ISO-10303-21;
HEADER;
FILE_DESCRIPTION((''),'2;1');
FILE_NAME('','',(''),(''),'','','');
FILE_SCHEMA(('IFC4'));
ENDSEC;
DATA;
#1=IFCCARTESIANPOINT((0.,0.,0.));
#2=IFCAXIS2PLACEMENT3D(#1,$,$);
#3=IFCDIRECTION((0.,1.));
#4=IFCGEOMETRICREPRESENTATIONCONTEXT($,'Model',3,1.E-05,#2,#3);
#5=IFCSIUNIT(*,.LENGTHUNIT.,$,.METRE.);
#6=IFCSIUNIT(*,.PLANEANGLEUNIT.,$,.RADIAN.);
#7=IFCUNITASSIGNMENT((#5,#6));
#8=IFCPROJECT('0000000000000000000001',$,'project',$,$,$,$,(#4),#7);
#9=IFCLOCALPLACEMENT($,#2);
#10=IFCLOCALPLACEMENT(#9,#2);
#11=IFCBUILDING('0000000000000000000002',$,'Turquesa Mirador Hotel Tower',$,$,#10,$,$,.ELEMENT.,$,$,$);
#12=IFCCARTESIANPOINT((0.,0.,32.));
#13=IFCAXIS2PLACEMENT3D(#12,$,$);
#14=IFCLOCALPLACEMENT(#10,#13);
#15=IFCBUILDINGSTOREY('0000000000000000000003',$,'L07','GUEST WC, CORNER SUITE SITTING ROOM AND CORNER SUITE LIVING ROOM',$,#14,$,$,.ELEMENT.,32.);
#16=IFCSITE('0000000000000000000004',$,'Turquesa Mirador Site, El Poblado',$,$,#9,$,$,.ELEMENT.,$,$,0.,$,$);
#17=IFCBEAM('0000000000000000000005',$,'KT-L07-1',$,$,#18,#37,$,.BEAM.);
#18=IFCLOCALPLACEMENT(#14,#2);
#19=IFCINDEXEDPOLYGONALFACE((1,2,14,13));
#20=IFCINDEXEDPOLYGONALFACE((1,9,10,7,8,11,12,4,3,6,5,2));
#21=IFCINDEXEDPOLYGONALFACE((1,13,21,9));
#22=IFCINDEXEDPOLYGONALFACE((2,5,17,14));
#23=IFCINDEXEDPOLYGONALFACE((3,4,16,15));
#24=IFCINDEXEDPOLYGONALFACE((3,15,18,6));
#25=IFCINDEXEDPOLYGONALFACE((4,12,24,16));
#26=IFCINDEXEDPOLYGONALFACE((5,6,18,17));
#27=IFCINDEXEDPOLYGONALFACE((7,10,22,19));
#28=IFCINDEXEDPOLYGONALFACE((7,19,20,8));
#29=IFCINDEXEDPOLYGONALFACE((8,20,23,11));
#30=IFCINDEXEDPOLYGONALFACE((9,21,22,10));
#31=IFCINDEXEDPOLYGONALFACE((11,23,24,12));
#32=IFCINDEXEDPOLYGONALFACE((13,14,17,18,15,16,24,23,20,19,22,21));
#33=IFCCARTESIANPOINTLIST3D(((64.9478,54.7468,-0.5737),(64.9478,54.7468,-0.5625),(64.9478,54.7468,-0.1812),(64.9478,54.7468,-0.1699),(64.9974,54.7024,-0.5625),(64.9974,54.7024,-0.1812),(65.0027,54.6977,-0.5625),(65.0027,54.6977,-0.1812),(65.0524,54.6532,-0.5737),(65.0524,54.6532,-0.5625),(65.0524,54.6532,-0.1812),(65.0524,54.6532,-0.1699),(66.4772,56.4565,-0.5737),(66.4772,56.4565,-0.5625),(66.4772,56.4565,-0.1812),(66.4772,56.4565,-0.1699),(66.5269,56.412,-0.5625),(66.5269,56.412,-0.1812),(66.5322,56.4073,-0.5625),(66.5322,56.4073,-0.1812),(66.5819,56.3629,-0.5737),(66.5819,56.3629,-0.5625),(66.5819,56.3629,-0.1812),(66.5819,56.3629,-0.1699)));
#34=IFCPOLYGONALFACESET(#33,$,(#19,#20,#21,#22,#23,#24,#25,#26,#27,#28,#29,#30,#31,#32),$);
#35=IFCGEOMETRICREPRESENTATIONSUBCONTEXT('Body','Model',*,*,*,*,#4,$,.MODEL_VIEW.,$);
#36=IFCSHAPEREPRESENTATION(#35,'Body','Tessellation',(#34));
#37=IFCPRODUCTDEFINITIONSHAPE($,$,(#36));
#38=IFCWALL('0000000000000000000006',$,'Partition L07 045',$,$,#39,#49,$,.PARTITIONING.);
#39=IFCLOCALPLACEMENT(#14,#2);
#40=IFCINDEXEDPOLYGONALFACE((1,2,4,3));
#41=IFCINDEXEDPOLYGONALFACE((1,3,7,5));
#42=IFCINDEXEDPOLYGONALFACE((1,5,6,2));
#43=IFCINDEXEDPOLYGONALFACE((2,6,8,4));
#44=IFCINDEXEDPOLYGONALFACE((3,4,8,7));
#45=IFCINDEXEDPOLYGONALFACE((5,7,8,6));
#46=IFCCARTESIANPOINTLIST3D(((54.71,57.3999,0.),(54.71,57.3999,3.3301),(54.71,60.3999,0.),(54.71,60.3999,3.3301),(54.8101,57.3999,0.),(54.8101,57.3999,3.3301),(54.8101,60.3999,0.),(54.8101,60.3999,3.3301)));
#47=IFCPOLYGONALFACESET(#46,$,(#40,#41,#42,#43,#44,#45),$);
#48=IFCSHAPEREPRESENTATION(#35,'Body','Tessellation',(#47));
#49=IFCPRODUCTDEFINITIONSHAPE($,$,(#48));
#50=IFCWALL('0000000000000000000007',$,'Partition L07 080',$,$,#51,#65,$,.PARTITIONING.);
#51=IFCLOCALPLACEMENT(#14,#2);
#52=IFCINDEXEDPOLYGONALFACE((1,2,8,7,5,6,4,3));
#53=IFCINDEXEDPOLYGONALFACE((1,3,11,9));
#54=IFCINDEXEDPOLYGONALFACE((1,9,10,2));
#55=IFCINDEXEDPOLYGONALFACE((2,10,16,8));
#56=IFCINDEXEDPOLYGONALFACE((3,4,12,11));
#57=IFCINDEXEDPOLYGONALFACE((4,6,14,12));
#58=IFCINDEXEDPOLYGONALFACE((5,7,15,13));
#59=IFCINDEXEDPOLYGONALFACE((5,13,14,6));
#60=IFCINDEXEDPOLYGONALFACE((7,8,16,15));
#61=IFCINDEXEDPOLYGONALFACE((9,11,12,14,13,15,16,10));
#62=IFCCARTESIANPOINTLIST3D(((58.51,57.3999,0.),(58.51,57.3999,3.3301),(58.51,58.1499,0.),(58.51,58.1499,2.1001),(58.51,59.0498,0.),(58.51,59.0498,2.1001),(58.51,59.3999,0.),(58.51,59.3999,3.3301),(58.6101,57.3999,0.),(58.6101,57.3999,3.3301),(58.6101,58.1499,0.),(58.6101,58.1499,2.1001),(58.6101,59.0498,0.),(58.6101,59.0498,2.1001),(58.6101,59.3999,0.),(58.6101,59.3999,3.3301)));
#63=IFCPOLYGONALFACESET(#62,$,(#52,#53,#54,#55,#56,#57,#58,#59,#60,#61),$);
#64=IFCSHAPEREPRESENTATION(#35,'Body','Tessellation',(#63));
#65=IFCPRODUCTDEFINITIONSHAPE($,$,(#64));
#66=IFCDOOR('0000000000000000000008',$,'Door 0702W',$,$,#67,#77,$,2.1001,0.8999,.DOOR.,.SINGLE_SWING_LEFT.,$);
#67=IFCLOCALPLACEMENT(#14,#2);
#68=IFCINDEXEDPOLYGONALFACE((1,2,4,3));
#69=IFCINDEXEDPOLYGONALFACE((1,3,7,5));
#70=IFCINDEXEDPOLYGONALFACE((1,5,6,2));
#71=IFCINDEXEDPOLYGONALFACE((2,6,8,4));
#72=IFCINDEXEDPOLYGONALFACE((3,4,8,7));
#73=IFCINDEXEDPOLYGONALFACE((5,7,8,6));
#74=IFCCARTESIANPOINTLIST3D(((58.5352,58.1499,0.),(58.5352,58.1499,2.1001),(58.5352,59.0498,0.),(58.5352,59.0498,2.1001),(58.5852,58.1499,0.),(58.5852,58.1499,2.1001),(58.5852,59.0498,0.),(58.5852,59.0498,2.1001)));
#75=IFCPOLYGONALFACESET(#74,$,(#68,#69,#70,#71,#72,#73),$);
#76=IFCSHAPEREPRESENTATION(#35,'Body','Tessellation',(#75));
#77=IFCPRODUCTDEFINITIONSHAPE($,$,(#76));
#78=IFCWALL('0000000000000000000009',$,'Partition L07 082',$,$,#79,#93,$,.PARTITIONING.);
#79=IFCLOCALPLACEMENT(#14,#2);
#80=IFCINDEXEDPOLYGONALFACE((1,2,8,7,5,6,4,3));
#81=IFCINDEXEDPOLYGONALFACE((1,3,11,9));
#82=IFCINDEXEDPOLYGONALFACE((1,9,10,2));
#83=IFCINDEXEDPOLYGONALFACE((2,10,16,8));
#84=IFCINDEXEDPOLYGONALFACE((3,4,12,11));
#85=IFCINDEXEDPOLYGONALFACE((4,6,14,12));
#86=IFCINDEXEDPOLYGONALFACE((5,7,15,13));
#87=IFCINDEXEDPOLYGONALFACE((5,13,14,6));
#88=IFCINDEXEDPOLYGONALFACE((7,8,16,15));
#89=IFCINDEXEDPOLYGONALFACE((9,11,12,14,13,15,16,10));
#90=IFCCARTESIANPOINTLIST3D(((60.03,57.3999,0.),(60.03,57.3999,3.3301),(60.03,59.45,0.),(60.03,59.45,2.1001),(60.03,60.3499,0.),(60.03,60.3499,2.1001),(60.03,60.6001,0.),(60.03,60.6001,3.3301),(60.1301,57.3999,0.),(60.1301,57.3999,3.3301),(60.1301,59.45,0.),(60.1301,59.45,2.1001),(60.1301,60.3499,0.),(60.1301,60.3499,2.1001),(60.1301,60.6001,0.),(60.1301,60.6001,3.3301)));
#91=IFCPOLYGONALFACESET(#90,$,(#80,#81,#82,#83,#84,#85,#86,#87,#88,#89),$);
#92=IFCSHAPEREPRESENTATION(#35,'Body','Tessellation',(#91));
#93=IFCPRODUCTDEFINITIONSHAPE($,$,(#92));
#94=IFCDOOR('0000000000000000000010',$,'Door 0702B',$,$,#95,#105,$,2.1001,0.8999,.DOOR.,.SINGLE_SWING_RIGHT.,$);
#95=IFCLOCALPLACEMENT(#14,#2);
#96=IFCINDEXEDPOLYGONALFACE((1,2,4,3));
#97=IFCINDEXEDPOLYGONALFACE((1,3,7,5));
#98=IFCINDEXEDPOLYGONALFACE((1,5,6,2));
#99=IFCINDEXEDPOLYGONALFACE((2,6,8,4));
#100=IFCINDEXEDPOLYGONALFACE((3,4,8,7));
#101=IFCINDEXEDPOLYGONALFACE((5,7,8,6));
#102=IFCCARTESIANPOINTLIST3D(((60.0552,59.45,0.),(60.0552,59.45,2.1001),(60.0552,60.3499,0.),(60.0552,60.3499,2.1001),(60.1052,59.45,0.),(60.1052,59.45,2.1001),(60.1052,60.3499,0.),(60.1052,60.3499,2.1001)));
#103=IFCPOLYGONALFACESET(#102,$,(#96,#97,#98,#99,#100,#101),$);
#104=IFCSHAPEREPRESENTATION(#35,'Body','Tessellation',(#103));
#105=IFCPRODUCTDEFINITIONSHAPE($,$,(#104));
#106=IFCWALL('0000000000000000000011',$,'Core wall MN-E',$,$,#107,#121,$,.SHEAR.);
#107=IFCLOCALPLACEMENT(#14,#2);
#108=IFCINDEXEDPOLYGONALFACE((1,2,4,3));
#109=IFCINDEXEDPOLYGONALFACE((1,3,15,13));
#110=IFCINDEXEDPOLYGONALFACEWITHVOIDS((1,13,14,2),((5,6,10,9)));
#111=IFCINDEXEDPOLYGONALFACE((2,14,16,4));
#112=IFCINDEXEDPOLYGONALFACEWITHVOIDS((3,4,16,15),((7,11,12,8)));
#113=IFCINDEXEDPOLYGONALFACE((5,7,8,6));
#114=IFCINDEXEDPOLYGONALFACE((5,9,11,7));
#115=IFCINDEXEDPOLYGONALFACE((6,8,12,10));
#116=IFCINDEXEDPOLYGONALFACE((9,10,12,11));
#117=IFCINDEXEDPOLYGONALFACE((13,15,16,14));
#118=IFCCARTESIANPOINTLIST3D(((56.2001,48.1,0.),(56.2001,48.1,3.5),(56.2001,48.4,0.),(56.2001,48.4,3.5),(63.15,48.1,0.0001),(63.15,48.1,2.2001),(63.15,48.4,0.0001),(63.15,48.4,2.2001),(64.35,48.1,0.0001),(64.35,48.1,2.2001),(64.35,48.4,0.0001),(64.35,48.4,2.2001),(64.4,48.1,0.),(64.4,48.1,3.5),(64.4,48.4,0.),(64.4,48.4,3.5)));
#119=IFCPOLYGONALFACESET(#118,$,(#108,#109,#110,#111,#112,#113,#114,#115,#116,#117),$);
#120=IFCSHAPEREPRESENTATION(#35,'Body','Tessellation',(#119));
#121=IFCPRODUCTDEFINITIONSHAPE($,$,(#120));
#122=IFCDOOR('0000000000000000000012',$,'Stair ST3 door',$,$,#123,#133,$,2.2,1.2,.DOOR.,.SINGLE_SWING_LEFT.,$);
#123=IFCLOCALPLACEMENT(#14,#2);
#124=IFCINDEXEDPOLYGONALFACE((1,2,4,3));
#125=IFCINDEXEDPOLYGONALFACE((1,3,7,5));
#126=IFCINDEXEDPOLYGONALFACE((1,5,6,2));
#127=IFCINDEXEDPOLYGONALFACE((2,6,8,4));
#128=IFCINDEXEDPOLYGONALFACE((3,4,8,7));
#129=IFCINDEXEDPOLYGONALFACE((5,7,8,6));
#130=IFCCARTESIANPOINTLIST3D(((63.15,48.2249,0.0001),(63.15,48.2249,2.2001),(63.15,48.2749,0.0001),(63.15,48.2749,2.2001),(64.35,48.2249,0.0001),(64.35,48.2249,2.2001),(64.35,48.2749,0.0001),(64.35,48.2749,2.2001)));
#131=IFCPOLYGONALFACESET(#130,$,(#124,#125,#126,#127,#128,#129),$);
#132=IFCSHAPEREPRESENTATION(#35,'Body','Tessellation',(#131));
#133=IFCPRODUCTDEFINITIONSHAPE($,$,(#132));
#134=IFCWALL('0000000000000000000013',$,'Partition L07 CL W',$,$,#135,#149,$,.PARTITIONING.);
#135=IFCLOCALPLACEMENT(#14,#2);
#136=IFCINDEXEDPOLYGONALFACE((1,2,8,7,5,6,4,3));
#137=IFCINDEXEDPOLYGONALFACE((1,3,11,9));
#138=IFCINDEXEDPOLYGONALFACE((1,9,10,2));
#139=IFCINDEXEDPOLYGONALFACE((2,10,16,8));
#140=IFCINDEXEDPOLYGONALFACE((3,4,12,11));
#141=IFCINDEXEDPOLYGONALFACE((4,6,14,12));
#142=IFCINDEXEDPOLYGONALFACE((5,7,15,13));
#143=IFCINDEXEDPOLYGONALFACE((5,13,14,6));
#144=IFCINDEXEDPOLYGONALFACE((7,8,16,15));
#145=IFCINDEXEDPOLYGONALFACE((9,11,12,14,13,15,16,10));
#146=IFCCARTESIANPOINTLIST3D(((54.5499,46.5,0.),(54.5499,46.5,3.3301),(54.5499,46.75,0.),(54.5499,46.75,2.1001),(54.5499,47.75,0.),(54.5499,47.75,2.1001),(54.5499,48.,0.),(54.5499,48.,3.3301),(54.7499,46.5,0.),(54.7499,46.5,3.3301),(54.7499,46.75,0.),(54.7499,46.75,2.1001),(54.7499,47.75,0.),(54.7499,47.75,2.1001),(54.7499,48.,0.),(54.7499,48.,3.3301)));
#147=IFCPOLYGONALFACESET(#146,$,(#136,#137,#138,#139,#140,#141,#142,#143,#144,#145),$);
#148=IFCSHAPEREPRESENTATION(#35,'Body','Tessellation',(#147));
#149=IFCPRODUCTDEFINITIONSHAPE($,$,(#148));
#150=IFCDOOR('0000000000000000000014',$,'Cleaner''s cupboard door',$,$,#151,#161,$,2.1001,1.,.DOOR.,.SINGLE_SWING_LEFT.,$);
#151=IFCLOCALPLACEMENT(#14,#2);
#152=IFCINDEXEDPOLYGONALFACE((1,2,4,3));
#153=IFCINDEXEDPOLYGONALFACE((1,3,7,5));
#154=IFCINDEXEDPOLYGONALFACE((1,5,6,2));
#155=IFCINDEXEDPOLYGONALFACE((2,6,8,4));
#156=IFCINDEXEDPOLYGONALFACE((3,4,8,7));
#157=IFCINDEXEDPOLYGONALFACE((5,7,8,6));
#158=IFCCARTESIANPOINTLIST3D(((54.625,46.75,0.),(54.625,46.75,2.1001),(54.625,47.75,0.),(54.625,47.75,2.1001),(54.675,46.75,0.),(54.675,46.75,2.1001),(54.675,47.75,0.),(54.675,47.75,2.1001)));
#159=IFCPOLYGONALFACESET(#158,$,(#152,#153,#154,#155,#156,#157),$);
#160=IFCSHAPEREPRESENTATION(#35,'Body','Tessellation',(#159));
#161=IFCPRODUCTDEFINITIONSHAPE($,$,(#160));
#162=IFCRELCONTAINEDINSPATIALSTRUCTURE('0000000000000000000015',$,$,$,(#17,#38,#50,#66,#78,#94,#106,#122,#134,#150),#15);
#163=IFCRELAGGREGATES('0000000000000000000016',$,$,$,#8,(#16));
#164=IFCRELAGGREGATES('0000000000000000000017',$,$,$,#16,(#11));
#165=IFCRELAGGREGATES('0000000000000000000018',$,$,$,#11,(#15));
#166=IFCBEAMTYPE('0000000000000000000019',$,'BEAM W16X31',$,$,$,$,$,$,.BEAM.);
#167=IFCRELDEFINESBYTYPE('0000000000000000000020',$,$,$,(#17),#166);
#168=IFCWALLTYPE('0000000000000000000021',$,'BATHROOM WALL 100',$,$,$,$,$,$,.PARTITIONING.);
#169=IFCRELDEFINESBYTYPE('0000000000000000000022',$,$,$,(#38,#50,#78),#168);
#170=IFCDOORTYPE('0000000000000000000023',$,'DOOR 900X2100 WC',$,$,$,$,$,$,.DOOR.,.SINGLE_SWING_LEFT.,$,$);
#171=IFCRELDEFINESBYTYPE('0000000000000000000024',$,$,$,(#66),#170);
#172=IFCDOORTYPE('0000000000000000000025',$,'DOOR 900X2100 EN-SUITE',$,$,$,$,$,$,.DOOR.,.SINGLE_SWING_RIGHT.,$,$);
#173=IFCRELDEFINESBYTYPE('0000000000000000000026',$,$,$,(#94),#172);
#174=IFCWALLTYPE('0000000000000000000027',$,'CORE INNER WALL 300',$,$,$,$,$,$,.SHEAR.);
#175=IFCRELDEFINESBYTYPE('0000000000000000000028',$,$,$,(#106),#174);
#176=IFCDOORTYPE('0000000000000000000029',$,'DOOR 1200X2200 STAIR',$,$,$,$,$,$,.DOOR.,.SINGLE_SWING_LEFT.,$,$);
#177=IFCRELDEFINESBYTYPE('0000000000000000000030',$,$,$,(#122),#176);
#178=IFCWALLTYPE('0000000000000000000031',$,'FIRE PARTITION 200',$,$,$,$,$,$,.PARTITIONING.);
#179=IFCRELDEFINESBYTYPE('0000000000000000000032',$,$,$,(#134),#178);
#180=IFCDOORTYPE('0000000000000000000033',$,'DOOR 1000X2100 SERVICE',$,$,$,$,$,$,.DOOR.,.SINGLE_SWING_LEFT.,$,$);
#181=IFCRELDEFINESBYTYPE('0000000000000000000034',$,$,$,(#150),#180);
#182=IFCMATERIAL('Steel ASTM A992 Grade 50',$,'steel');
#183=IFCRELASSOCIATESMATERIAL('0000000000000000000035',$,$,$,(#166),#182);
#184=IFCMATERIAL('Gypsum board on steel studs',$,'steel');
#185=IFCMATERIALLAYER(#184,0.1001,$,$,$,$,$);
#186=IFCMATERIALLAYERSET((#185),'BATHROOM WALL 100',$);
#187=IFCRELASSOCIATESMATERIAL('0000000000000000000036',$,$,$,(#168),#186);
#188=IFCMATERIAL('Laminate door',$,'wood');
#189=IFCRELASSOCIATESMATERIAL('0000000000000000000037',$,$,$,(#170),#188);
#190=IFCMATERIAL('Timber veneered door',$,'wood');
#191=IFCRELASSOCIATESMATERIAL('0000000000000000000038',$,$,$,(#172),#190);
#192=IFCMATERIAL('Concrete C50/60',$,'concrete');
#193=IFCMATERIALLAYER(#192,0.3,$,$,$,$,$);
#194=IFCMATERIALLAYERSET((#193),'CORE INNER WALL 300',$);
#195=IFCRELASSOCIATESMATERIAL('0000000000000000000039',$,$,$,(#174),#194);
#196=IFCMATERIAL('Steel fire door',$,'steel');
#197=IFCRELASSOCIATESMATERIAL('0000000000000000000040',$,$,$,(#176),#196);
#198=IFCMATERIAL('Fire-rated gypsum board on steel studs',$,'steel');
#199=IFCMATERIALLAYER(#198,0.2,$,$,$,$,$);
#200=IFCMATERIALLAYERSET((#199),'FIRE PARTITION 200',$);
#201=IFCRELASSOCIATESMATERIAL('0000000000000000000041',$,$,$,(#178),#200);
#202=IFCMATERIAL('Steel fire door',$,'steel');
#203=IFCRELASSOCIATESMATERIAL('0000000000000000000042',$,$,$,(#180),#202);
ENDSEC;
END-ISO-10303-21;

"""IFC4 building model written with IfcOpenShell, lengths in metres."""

from ifc_helpers import new_model, si_unit, direction, frame, frame_2d, origin, origin_2d, place, context, subcontext, project, spatial, rectangle, i_section, extrude, material, layer, layer_set, material_profile, profile_set, type_object, element, fill, save


model = new_model("IFC4")

# Units and contexts
model_context = context("Model", 3, precision=1e-05, world=origin(), true_north=direction((0.0, 1.0)))
body_context = subcontext(model_context, "Body", "Model", "MODEL_VIEW")
ifc_project = project(units=[si_unit("LENGTHUNIT", "METRE"), si_unit("PLANEANGLEUNIT", "RADIAN")], contexts=[model_context])

# Site, building, storey
site_placement = place(None, origin())
site = spatial("IfcSite", under=ifc_project, at=site_placement, Name="Turquesa Mirador Site, El Poblado", CompositionType="ELEMENT", RefElevation=0.0)
building_placement = place(site_placement, origin())
building = spatial("IfcBuilding", under=site, at=building_placement, Name="Turquesa Mirador Hotel Tower", CompositionType="ELEMENT")
storey_placement = place(building_placement, frame((0.0, 0.0, 32.0)))
storey = spatial("IfcBuildingStorey", under=building, at=storey_placement, Name="L07", Description="GUEST WC, CORNER SUITE SITTING ROOM AND CORNER SUITE LIVING ROOM", CompositionType="ELEMENT", Elevation=32.0)

# Beam
ifc_material_1 = material(Name="Steel ASTM A992 Grade 50", Category="steel")
ifc_material_profile = material_profile(ifc_material_1, i_section(OverallWidth=0.1404, OverallDepth=0.4038, WebThickness=0.0071, FlangeThickness=0.0112, at=origin_2d()), Name="W16X31")
ifc_profile_set = profile_set([ifc_material_profile], Name="Steel ASTM A992 Grade 50")
beam_type = type_object("IfcBeamType", Name="BEAM W16X31", PredefinedType="BEAM", material=ifc_profile_set)
beam_placement = place(storey_placement, frame((66.5295, 56.4097, -0.3718), z_axis=(-0.666745, -0.745286, 0.0), x_axis=(0.745286, -0.666745, 0.0)))
element("IfcBeam", 1, at=beam_placement, inside=storey, type_object=beam_type, Name="KT-L07-1", PredefinedType="BEAM", context=body_context, shape_type="SweptSolid", body=[
    extrude(i_section(OverallWidth=0.1404, OverallDepth=0.4038, WebThickness=0.0071, FlangeThickness=0.0112, at=origin_2d()), origin(), (0.0, 0.0, 1.0), 2.2939),
])

# Wall
ifc_material_2 = material(Name="Gypsum board on steel studs", Category="steel")
ifc_layer_1 = layer(ifc_material_2, 0.1001)
ifc_layer_set_1 = layer_set([ifc_layer_1], Name="BATHROOM WALL 100")
wall_type_1 = type_object("IfcWallType", Name="BATHROOM WALL 100", PredefinedType="PARTITIONING", material=ifc_layer_set_1)
wall_1_placement = place(storey_placement, frame((54.76, 57.3999, 0.0), z_axis=(0.0, 0.0, 1.0), x_axis=(0.0, 1.0, 0.0)))
element("IfcWall", 2, at=wall_1_placement, inside=storey, type_object=wall_type_1, Name="Partition L07 045", PredefinedType="PARTITIONING", context=body_context, shape_type="SweptSolid", body=[
    extrude(rectangle(XDim=3.0, YDim=0.1001, at=frame_2d((1.5, 0.0))), origin(), (0.0, 0.0, 1.0), 3.3301),
])

# Walls, openings, doors
wall_2_placement = place(storey_placement, frame((58.5601, 57.3999, 0.0), z_axis=(0.0, 0.0, 1.0), x_axis=(0.0, 1.0, 0.0)))
wall_2 = element("IfcWall", 3, at=wall_2_placement, inside=storey, type_object=wall_type_1, Name="Partition L07 080", PredefinedType="PARTITIONING", context=body_context, shape_type="SweptSolid", body=[
    extrude(rectangle(XDim=2.0, YDim=0.1001, at=frame_2d((1.0, 0.0))), origin(), (0.0, 0.0, 1.0), 3.3301),
])
opening_1_placement = place(wall_2_placement, frame((0.75, 0.0, 0.0)))
opening_1 = element("IfcOpeningElement", 4, at=opening_1_placement, cuts=wall_2, PredefinedType="OPENING", context=body_context, shape_type="SweptSolid", body=[
    extrude(rectangle(XDim=0.8999, YDim=2.1001, at=frame_2d((0.45, 1.05))), frame((0.0, 0.0601, 0.0), z_axis=(0.0, -1.0, 0.0), x_axis=(1.0, 0.0, 0.0)), (0.0, 0.0, 1.0), 0.1201),
])
ifc_material_3 = material(Name="Laminate door", Category="wood")
door_type_1 = type_object("IfcDoorType", Name="DOOR 900X2100 WC", OperationType="SINGLE_SWING_LEFT", PredefinedType="DOOR", material=ifc_material_3)
door_1_placement = place(opening_1_placement, origin())
door_1 = element("IfcDoor", 5, at=door_1_placement, inside=storey, type_object=door_type_1, Name="Door 0702W", OperationType="SINGLE_SWING_LEFT", OverallHeight=2.1001, OverallWidth=0.8999, PredefinedType="DOOR", context=body_context, shape_type="SweptSolid", body=[
    extrude(rectangle(XDim=0.8999, YDim=2.1001, at=frame_2d((0.45, 1.05))), frame((0.0, 0.0249, 0.0), z_axis=(0.0, -1.0, 0.0), x_axis=(1.0, 0.0, 0.0)), (0.0, 0.0, 1.0), 0.05),
])
fill(opening_1, door_1)
wall_3_placement = place(storey_placement, frame((60.0801, 57.3999, 0.0), z_axis=(0.0, 0.0, 1.0), x_axis=(0.0, 1.0, 0.0)))
wall_3 = element("IfcWall", 6, at=wall_3_placement, inside=storey, type_object=wall_type_1, Name="Partition L07 082", PredefinedType="PARTITIONING", context=body_context, shape_type="SweptSolid", body=[
    extrude(rectangle(XDim=3.2002, YDim=0.1001, at=frame_2d((1.6001, 0.0))), origin(), (0.0, 0.0, 1.0), 3.3301),
])
opening_2_placement = place(wall_3_placement, frame((2.05, 0.0, 0.0)))
opening_2 = element("IfcOpeningElement", 7, at=opening_2_placement, cuts=wall_3, PredefinedType="OPENING", context=body_context, shape_type="SweptSolid", body=[
    extrude(rectangle(XDim=0.8999, YDim=2.1001, at=frame_2d((0.45, 1.05))), frame((0.0, 0.0601, 0.0), z_axis=(0.0, -1.0, 0.0), x_axis=(1.0, 0.0, 0.0)), (0.0, 0.0, 1.0), 0.1201),
])
ifc_material_4 = material(Name="Timber veneered door", Category="wood")
door_type_2 = type_object("IfcDoorType", Name="DOOR 900X2100 EN-SUITE", OperationType="SINGLE_SWING_RIGHT", PredefinedType="DOOR", material=ifc_material_4)
door_2_placement = place(opening_2_placement, origin())
door_2 = element("IfcDoor", 8, at=door_2_placement, inside=storey, type_object=door_type_2, Name="Door 0702B", OperationType="SINGLE_SWING_RIGHT", OverallHeight=2.1001, OverallWidth=0.8999, PredefinedType="DOOR", context=body_context, shape_type="SweptSolid", body=[
    extrude(rectangle(XDim=0.8999, YDim=2.1001, at=frame_2d((0.45, 1.05))), frame((0.0, 0.0249, 0.0), z_axis=(0.0, -1.0, 0.0), x_axis=(1.0, 0.0, 0.0)), (0.0, 0.0, 1.0), 0.05),
])
fill(opening_2, door_2)
ifc_material_5 = material(Name="Concrete C50/60", Category="concrete")
ifc_layer_2 = layer(ifc_material_5, 0.3)
ifc_layer_set_2 = layer_set([ifc_layer_2], Name="CORE INNER WALL 300")
wall_type_2 = type_object("IfcWallType", Name="CORE INNER WALL 300", PredefinedType="SHEAR", material=ifc_layer_set_2)
wall_4_placement = place(storey_placement, frame((56.2, 48.25, 0.0), z_axis=(0.0, 0.0, 1.0), x_axis=(1.0, 0.0, 0.0)))
wall_4 = element("IfcWall", 9, at=wall_4_placement, inside=storey, type_object=wall_type_2, Name="Core wall MN-E", PredefinedType="SHEAR", context=body_context, shape_type="SweptSolid", body=[
    extrude(rectangle(XDim=8.2, YDim=0.3, at=frame_2d((4.1001, 0.0))), origin(), (0.0, 0.0, 1.0), 3.5),
])
opening_3_placement = place(wall_4_placement, frame((6.95, 0.0, 0.0)))
opening_3 = element("IfcOpeningElement", 10, at=opening_3_placement, cuts=wall_4, PredefinedType="OPENING", context=body_context, shape_type="SweptSolid", body=[
    extrude(rectangle(XDim=1.2, YDim=2.2, at=frame_2d((0.6001, 1.1001))), frame((0.0, 0.1599, 0.0), z_axis=(0.0, -1.0, 0.0), x_axis=(1.0, 0.0, 0.0)), (0.0, 0.0, 1.0), 0.3201),
])
ifc_material_6 = material(Name="Steel fire door", Category="steel")
door_type_3 = type_object("IfcDoorType", Name="DOOR 1200X2200 STAIR", OperationType="SINGLE_SWING_LEFT", PredefinedType="DOOR", material=ifc_material_6)
door_3_placement = place(opening_3_placement, origin())
door_3 = element("IfcDoor", 11, at=door_3_placement, inside=storey, type_object=door_type_3, Name="Stair ST3 door", OperationType="SINGLE_SWING_LEFT", OverallHeight=2.2, OverallWidth=1.2, PredefinedType="DOOR", context=body_context, shape_type="SweptSolid", body=[
    extrude(rectangle(XDim=1.2, YDim=2.2, at=frame_2d((0.6001, 1.1001))), frame((0.0, 0.0249, 0.0), z_axis=(0.0, -1.0, 0.0), x_axis=(1.0, 0.0, 0.0)), (0.0, 0.0, 1.0), 0.05),
])
fill(opening_3, door_3)
ifc_material_7 = material(Name="Fire-rated gypsum board on steel studs", Category="steel")
ifc_layer_3 = layer(ifc_material_7, 0.2)
ifc_layer_set_3 = layer_set([ifc_layer_3], Name="FIRE PARTITION 200")
wall_type_3 = type_object("IfcWallType", Name="FIRE PARTITION 200", PredefinedType="PARTITIONING", material=ifc_layer_set_3)
wall_5_placement = place(storey_placement, frame((54.6499, 46.5, 0.0), z_axis=(0.0, 0.0, 1.0), x_axis=(0.0, 1.0, 0.0)))
wall_5 = element("IfcWall", 12, at=wall_5_placement, inside=storey, type_object=wall_type_3, Name="Partition L07 CL W", PredefinedType="PARTITIONING", context=body_context, shape_type="SweptSolid", body=[
    extrude(rectangle(XDim=1.5, YDim=0.2, at=frame_2d((0.75, 0.0))), origin(), (0.0, 0.0, 1.0), 3.3301),
])
opening_4_placement = place(wall_5_placement, frame((0.25, 0.0, 0.0)))
opening_4 = element("IfcOpeningElement", 13, at=opening_4_placement, cuts=wall_5, PredefinedType="OPENING", context=body_context, shape_type="SweptSolid", body=[
    extrude(rectangle(XDim=1.0, YDim=2.1001, at=frame_2d((0.5, 1.05))), frame((0.0, 0.1099, 0.0), z_axis=(0.0, -1.0, 0.0), x_axis=(1.0, 0.0, 0.0)), (0.0, 0.0, 1.0), 0.22),
])
ifc_material_8 = material(Name="Steel fire door", Category="steel")
door_type_4 = type_object("IfcDoorType", Name="DOOR 1000X2100 SERVICE", OperationType="SINGLE_SWING_LEFT", PredefinedType="DOOR", material=ifc_material_8)
door_4_placement = place(opening_4_placement, origin())
door_4 = element("IfcDoor", 14, at=door_4_placement, inside=storey, type_object=door_type_4, Name="Cleaner's cupboard door", OperationType="SINGLE_SWING_LEFT", OverallHeight=2.1001, OverallWidth=1.0, PredefinedType="DOOR", context=body_context, shape_type="SweptSolid", body=[
    extrude(rectangle(XDim=1.0, YDim=2.1001, at=frame_2d((0.5, 1.05))), frame((0.0, 0.0249, 0.0), z_axis=(0.0, -1.0, 0.0), x_axis=(1.0, 0.0, 0.0)), (0.0, 0.0, 1.0), 0.05),
])
fill(opening_4, door_4)

save(model, "model.ifc")
